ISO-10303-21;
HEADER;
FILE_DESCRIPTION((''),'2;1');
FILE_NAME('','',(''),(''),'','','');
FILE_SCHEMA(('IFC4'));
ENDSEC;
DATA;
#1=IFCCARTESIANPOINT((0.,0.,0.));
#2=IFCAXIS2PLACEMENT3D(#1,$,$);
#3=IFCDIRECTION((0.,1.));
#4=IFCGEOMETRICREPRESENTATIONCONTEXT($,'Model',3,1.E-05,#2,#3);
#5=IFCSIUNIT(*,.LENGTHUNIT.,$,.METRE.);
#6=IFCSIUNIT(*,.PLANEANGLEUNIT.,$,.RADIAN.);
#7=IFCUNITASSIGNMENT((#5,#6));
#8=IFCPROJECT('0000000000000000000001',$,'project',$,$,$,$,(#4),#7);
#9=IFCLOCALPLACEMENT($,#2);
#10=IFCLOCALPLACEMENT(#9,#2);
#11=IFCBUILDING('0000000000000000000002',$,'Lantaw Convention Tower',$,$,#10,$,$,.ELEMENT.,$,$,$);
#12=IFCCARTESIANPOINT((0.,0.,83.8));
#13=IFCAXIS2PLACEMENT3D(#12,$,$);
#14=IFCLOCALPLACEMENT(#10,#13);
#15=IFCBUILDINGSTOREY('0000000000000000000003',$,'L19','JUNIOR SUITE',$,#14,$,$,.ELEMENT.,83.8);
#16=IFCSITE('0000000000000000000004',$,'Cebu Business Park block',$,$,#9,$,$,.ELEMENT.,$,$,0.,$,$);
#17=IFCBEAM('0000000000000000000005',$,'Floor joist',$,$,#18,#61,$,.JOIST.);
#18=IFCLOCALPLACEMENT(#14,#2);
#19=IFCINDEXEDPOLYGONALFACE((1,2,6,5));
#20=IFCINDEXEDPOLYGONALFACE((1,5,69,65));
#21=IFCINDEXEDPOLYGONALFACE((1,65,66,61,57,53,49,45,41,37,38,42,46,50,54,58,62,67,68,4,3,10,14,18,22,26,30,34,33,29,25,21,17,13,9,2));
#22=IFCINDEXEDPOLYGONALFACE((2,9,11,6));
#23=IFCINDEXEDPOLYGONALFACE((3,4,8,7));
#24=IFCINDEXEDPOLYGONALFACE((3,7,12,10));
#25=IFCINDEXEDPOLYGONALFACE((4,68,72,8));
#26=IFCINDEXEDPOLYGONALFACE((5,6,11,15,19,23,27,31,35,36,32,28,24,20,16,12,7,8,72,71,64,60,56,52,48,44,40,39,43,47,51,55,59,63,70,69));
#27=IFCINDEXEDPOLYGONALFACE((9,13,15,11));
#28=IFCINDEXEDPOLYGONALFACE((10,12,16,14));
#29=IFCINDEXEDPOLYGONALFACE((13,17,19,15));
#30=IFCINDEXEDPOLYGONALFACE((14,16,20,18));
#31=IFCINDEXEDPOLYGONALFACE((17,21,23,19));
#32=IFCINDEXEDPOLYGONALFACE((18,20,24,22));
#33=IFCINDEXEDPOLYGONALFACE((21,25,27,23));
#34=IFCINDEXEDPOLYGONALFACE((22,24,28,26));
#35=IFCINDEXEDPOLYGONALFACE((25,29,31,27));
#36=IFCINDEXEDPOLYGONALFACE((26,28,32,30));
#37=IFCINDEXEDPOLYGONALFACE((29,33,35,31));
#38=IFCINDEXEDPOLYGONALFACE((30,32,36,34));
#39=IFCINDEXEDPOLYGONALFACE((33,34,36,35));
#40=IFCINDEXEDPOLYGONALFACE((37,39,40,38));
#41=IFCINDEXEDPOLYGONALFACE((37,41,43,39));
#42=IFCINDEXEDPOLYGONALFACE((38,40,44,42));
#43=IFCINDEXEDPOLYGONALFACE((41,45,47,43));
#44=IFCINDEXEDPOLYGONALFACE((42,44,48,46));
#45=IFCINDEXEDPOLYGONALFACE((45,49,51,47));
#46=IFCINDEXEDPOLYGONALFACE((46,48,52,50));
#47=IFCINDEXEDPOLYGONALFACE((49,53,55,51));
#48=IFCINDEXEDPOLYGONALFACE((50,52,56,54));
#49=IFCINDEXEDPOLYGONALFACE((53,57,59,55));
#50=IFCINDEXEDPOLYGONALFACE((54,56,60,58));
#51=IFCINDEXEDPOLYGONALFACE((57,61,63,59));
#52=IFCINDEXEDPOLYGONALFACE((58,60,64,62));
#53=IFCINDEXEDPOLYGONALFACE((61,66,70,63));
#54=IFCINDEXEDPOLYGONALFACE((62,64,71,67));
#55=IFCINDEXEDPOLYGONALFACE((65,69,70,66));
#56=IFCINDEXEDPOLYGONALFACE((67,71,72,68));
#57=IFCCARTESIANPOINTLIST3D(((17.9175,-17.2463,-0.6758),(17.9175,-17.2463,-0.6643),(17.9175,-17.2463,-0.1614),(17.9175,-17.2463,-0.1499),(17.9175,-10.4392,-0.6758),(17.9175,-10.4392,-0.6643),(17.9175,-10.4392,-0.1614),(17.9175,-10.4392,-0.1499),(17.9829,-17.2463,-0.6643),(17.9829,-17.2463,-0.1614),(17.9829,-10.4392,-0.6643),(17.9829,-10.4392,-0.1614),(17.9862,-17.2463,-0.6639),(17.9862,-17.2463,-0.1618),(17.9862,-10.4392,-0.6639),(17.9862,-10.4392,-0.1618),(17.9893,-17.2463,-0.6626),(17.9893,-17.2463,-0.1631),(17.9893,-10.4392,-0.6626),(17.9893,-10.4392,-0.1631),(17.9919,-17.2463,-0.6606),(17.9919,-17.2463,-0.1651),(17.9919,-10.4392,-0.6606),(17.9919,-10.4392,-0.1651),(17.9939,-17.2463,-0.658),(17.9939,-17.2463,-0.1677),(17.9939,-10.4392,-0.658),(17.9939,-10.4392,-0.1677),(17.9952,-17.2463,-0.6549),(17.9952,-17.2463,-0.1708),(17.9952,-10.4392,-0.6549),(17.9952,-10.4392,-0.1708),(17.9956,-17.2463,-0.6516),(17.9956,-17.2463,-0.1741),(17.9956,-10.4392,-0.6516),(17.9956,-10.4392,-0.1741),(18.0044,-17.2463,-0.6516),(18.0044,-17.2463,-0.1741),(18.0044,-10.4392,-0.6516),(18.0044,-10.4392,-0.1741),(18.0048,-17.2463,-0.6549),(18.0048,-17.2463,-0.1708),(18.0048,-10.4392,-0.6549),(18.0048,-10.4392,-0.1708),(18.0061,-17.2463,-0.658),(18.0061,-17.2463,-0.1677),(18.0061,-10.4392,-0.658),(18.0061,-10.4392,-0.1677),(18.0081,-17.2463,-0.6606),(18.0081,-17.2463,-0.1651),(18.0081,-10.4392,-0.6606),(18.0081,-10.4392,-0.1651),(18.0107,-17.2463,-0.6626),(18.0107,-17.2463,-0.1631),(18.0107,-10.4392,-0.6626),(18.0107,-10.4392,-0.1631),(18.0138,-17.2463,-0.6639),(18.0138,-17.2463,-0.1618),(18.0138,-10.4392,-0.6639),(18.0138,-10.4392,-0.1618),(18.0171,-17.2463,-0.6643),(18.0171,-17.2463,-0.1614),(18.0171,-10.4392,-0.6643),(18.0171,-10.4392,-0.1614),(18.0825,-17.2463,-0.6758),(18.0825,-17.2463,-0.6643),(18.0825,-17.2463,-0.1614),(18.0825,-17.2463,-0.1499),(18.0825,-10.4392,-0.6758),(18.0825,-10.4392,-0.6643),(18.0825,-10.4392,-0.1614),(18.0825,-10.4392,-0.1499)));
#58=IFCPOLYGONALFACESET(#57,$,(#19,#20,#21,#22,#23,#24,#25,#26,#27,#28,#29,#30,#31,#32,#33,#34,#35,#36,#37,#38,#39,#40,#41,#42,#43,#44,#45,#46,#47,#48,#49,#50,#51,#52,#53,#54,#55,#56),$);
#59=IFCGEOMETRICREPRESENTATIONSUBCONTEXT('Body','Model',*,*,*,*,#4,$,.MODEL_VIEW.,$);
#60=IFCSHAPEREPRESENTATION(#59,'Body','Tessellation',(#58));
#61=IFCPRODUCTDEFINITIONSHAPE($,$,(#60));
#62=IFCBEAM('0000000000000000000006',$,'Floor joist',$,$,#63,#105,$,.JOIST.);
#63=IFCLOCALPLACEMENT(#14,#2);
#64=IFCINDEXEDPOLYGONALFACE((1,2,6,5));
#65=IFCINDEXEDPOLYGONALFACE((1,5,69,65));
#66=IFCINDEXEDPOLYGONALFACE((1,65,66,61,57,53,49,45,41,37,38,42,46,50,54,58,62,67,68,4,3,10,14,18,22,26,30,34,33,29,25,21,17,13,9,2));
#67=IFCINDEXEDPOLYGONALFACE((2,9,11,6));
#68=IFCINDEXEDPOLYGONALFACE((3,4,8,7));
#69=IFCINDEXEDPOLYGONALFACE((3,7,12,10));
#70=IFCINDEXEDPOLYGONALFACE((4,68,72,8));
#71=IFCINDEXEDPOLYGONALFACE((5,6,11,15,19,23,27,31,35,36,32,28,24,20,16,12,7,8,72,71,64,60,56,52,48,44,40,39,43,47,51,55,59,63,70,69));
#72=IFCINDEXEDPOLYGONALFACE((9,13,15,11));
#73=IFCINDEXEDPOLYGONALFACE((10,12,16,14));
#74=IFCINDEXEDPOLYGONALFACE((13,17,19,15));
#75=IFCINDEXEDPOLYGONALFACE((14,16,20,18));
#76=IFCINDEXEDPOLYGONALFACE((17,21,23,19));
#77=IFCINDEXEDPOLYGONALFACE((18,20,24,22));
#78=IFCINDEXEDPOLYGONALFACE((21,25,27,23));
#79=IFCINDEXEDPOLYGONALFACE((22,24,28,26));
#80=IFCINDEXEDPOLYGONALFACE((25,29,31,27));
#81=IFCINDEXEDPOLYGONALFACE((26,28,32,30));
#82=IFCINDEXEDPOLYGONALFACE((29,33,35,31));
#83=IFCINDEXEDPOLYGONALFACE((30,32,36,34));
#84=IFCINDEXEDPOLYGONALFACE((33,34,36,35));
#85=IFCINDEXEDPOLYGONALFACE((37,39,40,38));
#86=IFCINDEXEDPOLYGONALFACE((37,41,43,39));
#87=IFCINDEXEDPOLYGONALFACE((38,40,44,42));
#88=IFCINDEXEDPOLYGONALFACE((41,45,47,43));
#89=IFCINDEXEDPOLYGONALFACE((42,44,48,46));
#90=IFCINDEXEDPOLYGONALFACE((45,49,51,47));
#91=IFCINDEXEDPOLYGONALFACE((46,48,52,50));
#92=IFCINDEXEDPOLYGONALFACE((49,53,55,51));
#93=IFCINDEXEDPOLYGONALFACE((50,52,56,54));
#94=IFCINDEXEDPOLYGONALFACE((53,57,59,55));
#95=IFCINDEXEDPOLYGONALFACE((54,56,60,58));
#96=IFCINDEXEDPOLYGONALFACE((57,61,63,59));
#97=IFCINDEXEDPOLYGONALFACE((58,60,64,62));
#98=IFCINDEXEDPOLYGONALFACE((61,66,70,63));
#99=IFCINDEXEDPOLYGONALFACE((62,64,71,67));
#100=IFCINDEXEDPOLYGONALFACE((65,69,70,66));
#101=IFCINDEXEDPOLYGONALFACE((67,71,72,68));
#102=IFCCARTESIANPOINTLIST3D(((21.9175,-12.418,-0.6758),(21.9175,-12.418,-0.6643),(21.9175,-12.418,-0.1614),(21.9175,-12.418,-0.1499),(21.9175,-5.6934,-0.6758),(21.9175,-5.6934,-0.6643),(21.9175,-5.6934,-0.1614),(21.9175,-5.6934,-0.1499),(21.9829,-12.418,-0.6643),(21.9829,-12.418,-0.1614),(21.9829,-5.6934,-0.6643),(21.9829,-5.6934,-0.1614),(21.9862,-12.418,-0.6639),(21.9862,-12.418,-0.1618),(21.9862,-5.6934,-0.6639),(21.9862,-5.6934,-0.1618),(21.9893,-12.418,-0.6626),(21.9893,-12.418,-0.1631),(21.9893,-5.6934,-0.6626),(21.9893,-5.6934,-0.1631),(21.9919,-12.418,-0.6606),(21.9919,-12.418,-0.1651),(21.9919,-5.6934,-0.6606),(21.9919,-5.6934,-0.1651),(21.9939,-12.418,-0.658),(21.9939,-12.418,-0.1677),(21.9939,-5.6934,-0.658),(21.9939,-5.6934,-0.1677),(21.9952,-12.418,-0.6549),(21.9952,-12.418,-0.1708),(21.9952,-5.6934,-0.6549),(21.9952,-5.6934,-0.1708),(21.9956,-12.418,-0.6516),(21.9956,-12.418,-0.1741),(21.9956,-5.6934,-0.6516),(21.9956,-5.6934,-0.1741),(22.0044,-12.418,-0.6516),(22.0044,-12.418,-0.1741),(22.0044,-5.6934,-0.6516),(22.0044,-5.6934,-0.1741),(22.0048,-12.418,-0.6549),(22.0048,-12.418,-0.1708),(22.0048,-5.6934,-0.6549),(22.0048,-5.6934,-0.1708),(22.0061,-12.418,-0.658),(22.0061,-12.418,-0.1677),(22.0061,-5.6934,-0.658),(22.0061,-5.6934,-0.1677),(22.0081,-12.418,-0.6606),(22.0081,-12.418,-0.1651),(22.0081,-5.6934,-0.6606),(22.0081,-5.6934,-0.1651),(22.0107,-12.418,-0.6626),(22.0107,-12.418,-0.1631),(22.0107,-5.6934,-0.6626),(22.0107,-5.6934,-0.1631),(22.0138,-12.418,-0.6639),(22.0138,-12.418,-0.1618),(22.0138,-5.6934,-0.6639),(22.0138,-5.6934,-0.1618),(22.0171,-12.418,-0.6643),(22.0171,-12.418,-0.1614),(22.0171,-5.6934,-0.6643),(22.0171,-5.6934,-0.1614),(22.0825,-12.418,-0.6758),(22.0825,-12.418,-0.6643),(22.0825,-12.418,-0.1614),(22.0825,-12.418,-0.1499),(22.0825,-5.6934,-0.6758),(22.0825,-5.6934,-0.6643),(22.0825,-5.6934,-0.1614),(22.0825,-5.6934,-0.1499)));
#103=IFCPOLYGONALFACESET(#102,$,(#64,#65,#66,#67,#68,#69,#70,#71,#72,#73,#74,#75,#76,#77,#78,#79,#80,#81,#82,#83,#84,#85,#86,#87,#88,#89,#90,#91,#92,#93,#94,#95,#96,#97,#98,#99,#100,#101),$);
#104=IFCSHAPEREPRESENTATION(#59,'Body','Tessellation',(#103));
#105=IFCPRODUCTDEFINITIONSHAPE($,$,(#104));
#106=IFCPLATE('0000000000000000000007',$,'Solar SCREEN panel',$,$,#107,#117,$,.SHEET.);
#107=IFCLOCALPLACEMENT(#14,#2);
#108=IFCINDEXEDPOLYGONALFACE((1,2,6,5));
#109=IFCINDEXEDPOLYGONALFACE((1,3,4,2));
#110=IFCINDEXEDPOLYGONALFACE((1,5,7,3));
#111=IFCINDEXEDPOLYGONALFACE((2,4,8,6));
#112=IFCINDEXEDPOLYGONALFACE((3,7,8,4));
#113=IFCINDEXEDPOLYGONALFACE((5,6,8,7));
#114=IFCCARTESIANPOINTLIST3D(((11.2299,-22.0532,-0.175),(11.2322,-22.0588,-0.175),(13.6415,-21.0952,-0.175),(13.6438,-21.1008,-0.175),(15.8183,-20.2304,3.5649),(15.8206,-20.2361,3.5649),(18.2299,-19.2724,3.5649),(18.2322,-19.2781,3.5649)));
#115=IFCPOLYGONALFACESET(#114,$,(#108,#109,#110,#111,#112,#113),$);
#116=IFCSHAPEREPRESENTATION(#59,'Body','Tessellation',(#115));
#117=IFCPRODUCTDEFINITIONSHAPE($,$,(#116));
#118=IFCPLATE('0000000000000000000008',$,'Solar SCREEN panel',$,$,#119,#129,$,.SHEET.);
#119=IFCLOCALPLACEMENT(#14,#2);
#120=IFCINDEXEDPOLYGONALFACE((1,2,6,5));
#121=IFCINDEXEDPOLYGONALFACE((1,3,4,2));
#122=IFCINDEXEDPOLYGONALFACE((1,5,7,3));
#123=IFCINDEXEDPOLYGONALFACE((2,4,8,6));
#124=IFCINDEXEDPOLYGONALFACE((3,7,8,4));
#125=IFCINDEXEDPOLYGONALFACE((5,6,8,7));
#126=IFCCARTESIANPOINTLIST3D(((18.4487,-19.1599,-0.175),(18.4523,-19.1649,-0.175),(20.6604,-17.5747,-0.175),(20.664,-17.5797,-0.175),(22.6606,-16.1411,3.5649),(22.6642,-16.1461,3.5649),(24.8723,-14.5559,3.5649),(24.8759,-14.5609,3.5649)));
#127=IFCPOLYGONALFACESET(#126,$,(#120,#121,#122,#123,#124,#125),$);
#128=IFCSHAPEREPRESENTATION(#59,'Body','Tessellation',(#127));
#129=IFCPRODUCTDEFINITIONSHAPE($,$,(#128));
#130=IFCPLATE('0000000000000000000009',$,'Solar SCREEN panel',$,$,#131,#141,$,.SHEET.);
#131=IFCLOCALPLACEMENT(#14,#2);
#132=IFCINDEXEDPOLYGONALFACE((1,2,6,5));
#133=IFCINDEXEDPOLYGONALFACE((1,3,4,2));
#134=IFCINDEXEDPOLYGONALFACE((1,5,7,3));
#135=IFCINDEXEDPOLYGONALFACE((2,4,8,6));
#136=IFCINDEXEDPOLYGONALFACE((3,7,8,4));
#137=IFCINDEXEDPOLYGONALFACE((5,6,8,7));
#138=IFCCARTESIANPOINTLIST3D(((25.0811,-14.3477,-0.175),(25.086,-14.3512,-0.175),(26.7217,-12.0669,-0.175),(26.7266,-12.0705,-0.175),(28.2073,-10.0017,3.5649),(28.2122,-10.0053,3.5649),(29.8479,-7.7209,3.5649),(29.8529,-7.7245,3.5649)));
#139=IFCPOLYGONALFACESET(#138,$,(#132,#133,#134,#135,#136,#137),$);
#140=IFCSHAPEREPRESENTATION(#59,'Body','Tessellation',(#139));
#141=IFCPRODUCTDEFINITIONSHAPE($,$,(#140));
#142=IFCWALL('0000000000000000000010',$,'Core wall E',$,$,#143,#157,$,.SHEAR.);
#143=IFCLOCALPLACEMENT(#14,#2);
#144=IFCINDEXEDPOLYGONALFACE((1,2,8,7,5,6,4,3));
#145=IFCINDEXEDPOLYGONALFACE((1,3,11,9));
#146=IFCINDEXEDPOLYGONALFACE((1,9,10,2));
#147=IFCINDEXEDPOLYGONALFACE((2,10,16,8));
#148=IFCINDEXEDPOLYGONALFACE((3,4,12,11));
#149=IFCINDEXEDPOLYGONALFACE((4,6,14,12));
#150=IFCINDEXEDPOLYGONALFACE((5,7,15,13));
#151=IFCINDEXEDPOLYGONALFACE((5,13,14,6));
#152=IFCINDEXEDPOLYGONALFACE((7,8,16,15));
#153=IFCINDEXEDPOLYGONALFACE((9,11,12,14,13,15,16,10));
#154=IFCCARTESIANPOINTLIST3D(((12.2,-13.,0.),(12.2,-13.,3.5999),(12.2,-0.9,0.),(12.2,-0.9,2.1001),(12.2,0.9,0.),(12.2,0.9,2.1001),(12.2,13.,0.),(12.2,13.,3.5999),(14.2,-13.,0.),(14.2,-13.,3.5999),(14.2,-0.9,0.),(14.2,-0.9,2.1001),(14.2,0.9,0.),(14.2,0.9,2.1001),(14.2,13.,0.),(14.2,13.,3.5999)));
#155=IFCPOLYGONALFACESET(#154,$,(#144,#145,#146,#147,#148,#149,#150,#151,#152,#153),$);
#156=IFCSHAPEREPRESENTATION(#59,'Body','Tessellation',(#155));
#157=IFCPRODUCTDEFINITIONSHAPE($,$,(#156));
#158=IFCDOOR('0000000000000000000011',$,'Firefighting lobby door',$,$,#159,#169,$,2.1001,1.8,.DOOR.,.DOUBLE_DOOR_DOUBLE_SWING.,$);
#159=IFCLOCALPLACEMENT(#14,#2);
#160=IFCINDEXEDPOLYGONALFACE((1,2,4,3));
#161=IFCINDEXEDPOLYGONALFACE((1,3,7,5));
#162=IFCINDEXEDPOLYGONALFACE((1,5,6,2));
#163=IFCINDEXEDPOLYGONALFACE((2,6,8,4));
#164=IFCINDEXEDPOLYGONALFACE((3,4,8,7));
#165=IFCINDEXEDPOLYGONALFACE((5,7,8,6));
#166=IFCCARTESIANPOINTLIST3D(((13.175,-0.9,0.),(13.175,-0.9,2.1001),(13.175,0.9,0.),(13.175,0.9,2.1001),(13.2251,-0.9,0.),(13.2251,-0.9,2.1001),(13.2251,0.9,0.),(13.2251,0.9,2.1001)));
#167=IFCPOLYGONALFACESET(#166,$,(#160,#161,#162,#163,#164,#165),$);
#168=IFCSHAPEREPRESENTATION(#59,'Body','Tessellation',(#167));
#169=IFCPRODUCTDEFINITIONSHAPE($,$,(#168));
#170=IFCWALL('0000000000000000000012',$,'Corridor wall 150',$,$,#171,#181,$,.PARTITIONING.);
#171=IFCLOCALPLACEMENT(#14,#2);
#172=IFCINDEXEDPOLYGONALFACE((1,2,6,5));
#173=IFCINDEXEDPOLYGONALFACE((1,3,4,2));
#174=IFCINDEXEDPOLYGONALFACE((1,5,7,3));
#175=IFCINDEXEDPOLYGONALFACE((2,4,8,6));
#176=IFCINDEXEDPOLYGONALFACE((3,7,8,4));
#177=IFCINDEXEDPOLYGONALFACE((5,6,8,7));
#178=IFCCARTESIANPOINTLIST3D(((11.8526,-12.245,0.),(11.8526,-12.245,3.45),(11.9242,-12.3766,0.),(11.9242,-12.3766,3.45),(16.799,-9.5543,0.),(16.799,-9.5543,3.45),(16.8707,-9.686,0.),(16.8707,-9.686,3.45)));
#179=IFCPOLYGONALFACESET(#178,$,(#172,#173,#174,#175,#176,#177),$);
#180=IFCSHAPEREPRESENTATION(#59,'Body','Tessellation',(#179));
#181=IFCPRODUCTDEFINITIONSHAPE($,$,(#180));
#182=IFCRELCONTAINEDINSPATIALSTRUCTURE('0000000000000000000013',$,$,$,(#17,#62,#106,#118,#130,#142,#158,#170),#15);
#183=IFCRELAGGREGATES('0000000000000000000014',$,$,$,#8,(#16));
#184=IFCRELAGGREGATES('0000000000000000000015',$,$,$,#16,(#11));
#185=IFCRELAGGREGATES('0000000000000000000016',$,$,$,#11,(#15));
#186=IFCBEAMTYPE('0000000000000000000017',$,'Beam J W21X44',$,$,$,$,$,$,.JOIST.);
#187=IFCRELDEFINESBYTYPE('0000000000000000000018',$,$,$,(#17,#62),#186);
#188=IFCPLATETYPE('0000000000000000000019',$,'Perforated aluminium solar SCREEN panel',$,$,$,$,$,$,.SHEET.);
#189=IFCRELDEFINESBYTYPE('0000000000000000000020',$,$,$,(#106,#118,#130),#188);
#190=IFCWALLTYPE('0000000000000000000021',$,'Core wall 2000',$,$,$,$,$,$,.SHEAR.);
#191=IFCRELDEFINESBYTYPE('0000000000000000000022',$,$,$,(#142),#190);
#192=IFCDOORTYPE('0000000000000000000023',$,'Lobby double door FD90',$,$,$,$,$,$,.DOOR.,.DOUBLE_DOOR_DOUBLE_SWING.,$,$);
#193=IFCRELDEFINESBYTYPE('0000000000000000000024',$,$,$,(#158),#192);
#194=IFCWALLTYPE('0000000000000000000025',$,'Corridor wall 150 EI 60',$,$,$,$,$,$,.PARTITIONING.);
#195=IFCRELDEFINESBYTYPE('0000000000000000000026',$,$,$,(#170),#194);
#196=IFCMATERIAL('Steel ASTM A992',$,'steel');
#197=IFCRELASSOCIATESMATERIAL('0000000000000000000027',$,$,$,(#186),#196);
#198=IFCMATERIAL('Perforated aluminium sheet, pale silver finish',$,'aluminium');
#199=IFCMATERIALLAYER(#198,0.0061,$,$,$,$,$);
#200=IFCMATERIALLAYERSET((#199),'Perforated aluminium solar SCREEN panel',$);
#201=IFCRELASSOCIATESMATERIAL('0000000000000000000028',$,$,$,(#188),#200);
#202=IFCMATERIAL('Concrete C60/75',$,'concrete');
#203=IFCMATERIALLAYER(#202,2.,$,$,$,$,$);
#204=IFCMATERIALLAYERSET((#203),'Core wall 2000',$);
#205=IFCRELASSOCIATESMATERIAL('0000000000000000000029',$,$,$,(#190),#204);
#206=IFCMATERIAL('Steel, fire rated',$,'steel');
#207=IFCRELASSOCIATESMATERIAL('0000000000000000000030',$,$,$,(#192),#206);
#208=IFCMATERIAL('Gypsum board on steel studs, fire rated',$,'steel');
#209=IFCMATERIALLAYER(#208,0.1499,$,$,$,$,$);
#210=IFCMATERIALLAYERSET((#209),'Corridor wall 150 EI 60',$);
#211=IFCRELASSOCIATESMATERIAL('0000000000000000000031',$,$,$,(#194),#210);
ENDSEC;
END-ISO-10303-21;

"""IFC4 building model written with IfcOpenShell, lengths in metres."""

from ifc_helpers import new_model, si_unit, direction, frame, frame_2d, origin, origin_2d, place, context, subcontext, project, spatial, polyline, rectangle, i_section, outline, extrude, material, layer, layer_set, material_profile, profile_set, type_object, element, fill, save


model = new_model("IFC4")

# Units and contexts
model_context = context("Model", 3, precision=1e-05, world=origin(), true_north=direction((0.0, 1.0)))
body_context = subcontext(model_context, "Body", "Model", "MODEL_VIEW")
ifc_project = project(units=[si_unit("LENGTHUNIT", "METRE"), si_unit("PLANEANGLEUNIT", "RADIAN")], contexts=[model_context])

# Site, building, storey
site_placement = place(None, origin())
site = spatial("IfcSite", under=ifc_project, at=site_placement, Name="Cebu Business Park block", CompositionType="ELEMENT", RefElevation=0.0)
building_placement = place(site_placement, origin())
building = spatial("IfcBuilding", under=site, at=building_placement, Name="Lantaw Convention Tower", CompositionType="ELEMENT")
storey_placement = place(building_placement, frame((0.0, 0.0, 83.8)))
storey = spatial("IfcBuildingStorey", under=building, at=storey_placement, Name="L19", Description="JUNIOR SUITE", CompositionType="ELEMENT", Elevation=83.8)

# Shared definitions
ifc_material_1 = material(Name="Concrete C60/75", Category="concrete")

# Beams
ifc_material_2 = material(Name="Steel ASTM A992", Category="steel")
ifc_material_profile_1 = material_profile(ifc_material_2, i_section(OverallWidth=0.165, OverallDepth=0.5259, WebThickness=0.0088, FlangeThickness=0.0115, FilletRadius=0.0127, at=origin_2d()), Name="W21X44")
ifc_profile_set_1 = profile_set([ifc_material_profile_1], Name="Steel ASTM A992")
beam_type_1 = type_object("IfcBeamType", Name="Beam J W21X44", PredefinedType="JOIST", material=ifc_profile_set_1)
beam_1_placement = place(storey_placement, frame((18.0, -17.2463, -0.4128), z_axis=(0.0, 1.0, 0.0), x_axis=(-1.0, 0.0, 0.0)))
element("IfcBeam", 1, at=beam_1_placement, inside=storey, type_object=beam_type_1, Name="Floor joist", PredefinedType="JOIST", context=body_context, shape_type="SweptSolid", body=[
    extrude(i_section(OverallWidth=0.165, OverallDepth=0.5259, WebThickness=0.0088, FlangeThickness=0.0115, FilletRadius=0.0127, at=origin_2d()), origin(), (0.0, 0.0, 1.0), 6.8071),
])
beam_2_placement = place(storey_placement, frame((22.0, -12.418, -0.4128), z_axis=(0.0, 1.0, 0.0), x_axis=(-1.0, 0.0, 0.0)))
element("IfcBeam", 2, at=beam_2_placement, inside=storey, type_object=beam_type_1, Name="Floor joist", PredefinedType="JOIST", context=body_context, shape_type="SweptSolid", body=[
    extrude(i_section(OverallWidth=0.165, OverallDepth=0.5259, WebThickness=0.0088, FlangeThickness=0.0115, FilletRadius=0.0127, at=origin_2d()), origin(), (0.0, 0.0, 1.0), 6.7246),
])

# Plates
ifc_material_3 = material(Name="Perforated aluminium sheet, pale silver finish", Category="aluminium")
ifc_layer_1 = layer(ifc_material_3, 0.0061)
ifc_layer_set_1 = layer_set([ifc_layer_1], Name="Perforated aluminium solar SCREEN panel")
plate_type = type_object("IfcPlateType", Name="Perforated aluminium solar SCREEN panel", PredefinedType="SHEET", material=ifc_layer_set_1)
plate_1_placement = place(storey_placement, frame((11.2322, -22.0588, -0.175), z_axis=(0.369184, -0.929357, 0.000009), x_axis=(0.929357, 0.369184, 0.0)))
element("IfcPlate", 3, at=plate_1_placement, inside=storey, type_object=plate_type, Name="Solar SCREEN panel", PredefinedType="SHEET", context=body_context, shape_type="SweptSolid", body=[
    extrude(outline(polyline([(0.0, 0.0), (2.5949, 0.0), (7.5321, 3.74), (4.9372, 3.74), (0.0, 0.0)])), origin(), (0.0, 0.0, -1.0), 0.0061),
])
plate_2_placement = place(storey_placement, frame((18.4487, -19.1599, -0.175), z_axis=(-0.582561, 0.812787, 0.000016), x_axis=(0.812787, 0.582561, 0.0)))
element("IfcPlate", 4, at=plate_2_placement, inside=storey, type_object=plate_type, Name="Solar SCREEN panel", PredefinedType="SHEET", context=body_context, shape_type="SweptSolid", body=[
    extrude(outline(polyline([(0.0, 0.0), (2.7211, 0.0), (7.9031, -3.74), (5.182, -3.74), (0.0, 0.0)])), origin(), (0.0, 0.0, -1.0), 0.0061),
])
plate_3_placement = place(storey_placement, frame((25.0811, -14.3477, -0.175), z_axis=(-0.811791, 0.583948, 0.000009), x_axis=(0.583948, 0.811791, 0.0)))
element("IfcPlate", 5, at=plate_3_placement, inside=storey, type_object=plate_type, Name="Solar SCREEN panel", PredefinedType="SHEET", context=body_context, shape_type="SweptSolid", body=[
    extrude(outline(polyline([(0.0, 0.0), (2.8095, 0.0), (8.1631, -3.74), (5.3536, -3.74), (0.0, 0.0)])), origin(), (0.0, 0.0, -1.0), 0.0061),
])

# Wall, opening, door
ifc_layer_2 = layer(ifc_material_1, 2.0)
ifc_layer_set_2 = layer_set([ifc_layer_2], Name="Core wall 2000")
wall_type_1 = type_object("IfcWallType", Name="Core wall 2000", PredefinedType="SHEAR", material=ifc_layer_set_2)
wall_1_placement = place(storey_placement, frame((13.2, -13.0, 0.0), z_axis=(0.0, 0.0, 1.0), x_axis=(0.0, 1.0, 0.0)))
wall_1 = element("IfcWall", 6, at=wall_1_placement, inside=storey, type_object=wall_type_1, Name="Core wall E", PredefinedType="SHEAR", context=body_context, shape_type="SweptSolid", body=[
    extrude(rectangle(XDim=26.0, YDim=2.0, at=frame_2d((13.0, 0.0))), origin(), (0.0, 0.0, 1.0), 3.5999),
])
opening_1_placement = place(wall_1_placement, frame((12.1001, 0.0, 0.0)))
opening_1 = element("IfcOpeningElement", 7, at=opening_1_placement, cuts=wall_1, PredefinedType="OPENING", context=body_context, shape_type="SweptSolid", body=[
    extrude(rectangle(XDim=1.8, YDim=2.1001, at=frame_2d((0.8999, 1.05))), frame((0.0, 1.01, 0.0), z_axis=(0.0, -1.0, 0.0), x_axis=(1.0, 0.0, 0.0)), (0.0, 0.0, 1.0), 2.02),
])
ifc_material_4 = material(Name="Steel, fire rated", Category="steel")
door_type = type_object("IfcDoorType", Name="Lobby double door FD90", OperationType="DOUBLE_DOOR_DOUBLE_SWING", PredefinedType="DOOR", material=ifc_material_4)
door_placement = place(opening_1_placement, origin())
door = element("IfcDoor", 8, at=door_placement, inside=storey, type_object=door_type, Name="Firefighting lobby door", OperationType="DOUBLE_DOOR_DOUBLE_SWING", OverallHeight=2.1001, OverallWidth=1.8, PredefinedType="DOOR", context=body_context, shape_type="SweptSolid", body=[
    extrude(rectangle(XDim=1.8, YDim=2.1001, at=frame_2d((0.8999, 1.05))), frame((0.0, 0.0249, 0.0), z_axis=(0.0, -1.0, 0.0), x_axis=(1.0, 0.0, 0.0)), (0.0, 0.0, 1.0), 0.05),
])
fill(opening_1, door)

# Wall
ifc_material_5 = material(Name="Gypsum board on steel studs, fire rated", Category="steel")
ifc_layer_3 = layer(ifc_material_5, 0.1499)
ifc_layer_set_3 = layer_set([ifc_layer_3], Name="Corridor wall 150 EI 60")
wall_type_2 = type_object("IfcWallType", Name="Corridor wall 150 EI 60", PredefinedType="PARTITIONING", material=ifc_layer_set_3)
wall_2_placement = place(storey_placement, frame((11.8884, -12.3108, 0.0), z_axis=(0.0, 0.0, 1.0), x_axis=(0.87845, 0.477834, 0.0)))
element("IfcWall", 9, at=wall_2_placement, inside=storey, type_object=wall_type_2, Name="Corridor wall 150", PredefinedType="PARTITIONING", context=body_context, shape_type="SweptSolid", body=[
    extrude(rectangle(XDim=5.6309, YDim=0.1499, at=frame_2d((2.8154, 0.0))), origin(), (0.0, 0.0, 1.0), 3.45),
])

save(model, "model.ifc")
